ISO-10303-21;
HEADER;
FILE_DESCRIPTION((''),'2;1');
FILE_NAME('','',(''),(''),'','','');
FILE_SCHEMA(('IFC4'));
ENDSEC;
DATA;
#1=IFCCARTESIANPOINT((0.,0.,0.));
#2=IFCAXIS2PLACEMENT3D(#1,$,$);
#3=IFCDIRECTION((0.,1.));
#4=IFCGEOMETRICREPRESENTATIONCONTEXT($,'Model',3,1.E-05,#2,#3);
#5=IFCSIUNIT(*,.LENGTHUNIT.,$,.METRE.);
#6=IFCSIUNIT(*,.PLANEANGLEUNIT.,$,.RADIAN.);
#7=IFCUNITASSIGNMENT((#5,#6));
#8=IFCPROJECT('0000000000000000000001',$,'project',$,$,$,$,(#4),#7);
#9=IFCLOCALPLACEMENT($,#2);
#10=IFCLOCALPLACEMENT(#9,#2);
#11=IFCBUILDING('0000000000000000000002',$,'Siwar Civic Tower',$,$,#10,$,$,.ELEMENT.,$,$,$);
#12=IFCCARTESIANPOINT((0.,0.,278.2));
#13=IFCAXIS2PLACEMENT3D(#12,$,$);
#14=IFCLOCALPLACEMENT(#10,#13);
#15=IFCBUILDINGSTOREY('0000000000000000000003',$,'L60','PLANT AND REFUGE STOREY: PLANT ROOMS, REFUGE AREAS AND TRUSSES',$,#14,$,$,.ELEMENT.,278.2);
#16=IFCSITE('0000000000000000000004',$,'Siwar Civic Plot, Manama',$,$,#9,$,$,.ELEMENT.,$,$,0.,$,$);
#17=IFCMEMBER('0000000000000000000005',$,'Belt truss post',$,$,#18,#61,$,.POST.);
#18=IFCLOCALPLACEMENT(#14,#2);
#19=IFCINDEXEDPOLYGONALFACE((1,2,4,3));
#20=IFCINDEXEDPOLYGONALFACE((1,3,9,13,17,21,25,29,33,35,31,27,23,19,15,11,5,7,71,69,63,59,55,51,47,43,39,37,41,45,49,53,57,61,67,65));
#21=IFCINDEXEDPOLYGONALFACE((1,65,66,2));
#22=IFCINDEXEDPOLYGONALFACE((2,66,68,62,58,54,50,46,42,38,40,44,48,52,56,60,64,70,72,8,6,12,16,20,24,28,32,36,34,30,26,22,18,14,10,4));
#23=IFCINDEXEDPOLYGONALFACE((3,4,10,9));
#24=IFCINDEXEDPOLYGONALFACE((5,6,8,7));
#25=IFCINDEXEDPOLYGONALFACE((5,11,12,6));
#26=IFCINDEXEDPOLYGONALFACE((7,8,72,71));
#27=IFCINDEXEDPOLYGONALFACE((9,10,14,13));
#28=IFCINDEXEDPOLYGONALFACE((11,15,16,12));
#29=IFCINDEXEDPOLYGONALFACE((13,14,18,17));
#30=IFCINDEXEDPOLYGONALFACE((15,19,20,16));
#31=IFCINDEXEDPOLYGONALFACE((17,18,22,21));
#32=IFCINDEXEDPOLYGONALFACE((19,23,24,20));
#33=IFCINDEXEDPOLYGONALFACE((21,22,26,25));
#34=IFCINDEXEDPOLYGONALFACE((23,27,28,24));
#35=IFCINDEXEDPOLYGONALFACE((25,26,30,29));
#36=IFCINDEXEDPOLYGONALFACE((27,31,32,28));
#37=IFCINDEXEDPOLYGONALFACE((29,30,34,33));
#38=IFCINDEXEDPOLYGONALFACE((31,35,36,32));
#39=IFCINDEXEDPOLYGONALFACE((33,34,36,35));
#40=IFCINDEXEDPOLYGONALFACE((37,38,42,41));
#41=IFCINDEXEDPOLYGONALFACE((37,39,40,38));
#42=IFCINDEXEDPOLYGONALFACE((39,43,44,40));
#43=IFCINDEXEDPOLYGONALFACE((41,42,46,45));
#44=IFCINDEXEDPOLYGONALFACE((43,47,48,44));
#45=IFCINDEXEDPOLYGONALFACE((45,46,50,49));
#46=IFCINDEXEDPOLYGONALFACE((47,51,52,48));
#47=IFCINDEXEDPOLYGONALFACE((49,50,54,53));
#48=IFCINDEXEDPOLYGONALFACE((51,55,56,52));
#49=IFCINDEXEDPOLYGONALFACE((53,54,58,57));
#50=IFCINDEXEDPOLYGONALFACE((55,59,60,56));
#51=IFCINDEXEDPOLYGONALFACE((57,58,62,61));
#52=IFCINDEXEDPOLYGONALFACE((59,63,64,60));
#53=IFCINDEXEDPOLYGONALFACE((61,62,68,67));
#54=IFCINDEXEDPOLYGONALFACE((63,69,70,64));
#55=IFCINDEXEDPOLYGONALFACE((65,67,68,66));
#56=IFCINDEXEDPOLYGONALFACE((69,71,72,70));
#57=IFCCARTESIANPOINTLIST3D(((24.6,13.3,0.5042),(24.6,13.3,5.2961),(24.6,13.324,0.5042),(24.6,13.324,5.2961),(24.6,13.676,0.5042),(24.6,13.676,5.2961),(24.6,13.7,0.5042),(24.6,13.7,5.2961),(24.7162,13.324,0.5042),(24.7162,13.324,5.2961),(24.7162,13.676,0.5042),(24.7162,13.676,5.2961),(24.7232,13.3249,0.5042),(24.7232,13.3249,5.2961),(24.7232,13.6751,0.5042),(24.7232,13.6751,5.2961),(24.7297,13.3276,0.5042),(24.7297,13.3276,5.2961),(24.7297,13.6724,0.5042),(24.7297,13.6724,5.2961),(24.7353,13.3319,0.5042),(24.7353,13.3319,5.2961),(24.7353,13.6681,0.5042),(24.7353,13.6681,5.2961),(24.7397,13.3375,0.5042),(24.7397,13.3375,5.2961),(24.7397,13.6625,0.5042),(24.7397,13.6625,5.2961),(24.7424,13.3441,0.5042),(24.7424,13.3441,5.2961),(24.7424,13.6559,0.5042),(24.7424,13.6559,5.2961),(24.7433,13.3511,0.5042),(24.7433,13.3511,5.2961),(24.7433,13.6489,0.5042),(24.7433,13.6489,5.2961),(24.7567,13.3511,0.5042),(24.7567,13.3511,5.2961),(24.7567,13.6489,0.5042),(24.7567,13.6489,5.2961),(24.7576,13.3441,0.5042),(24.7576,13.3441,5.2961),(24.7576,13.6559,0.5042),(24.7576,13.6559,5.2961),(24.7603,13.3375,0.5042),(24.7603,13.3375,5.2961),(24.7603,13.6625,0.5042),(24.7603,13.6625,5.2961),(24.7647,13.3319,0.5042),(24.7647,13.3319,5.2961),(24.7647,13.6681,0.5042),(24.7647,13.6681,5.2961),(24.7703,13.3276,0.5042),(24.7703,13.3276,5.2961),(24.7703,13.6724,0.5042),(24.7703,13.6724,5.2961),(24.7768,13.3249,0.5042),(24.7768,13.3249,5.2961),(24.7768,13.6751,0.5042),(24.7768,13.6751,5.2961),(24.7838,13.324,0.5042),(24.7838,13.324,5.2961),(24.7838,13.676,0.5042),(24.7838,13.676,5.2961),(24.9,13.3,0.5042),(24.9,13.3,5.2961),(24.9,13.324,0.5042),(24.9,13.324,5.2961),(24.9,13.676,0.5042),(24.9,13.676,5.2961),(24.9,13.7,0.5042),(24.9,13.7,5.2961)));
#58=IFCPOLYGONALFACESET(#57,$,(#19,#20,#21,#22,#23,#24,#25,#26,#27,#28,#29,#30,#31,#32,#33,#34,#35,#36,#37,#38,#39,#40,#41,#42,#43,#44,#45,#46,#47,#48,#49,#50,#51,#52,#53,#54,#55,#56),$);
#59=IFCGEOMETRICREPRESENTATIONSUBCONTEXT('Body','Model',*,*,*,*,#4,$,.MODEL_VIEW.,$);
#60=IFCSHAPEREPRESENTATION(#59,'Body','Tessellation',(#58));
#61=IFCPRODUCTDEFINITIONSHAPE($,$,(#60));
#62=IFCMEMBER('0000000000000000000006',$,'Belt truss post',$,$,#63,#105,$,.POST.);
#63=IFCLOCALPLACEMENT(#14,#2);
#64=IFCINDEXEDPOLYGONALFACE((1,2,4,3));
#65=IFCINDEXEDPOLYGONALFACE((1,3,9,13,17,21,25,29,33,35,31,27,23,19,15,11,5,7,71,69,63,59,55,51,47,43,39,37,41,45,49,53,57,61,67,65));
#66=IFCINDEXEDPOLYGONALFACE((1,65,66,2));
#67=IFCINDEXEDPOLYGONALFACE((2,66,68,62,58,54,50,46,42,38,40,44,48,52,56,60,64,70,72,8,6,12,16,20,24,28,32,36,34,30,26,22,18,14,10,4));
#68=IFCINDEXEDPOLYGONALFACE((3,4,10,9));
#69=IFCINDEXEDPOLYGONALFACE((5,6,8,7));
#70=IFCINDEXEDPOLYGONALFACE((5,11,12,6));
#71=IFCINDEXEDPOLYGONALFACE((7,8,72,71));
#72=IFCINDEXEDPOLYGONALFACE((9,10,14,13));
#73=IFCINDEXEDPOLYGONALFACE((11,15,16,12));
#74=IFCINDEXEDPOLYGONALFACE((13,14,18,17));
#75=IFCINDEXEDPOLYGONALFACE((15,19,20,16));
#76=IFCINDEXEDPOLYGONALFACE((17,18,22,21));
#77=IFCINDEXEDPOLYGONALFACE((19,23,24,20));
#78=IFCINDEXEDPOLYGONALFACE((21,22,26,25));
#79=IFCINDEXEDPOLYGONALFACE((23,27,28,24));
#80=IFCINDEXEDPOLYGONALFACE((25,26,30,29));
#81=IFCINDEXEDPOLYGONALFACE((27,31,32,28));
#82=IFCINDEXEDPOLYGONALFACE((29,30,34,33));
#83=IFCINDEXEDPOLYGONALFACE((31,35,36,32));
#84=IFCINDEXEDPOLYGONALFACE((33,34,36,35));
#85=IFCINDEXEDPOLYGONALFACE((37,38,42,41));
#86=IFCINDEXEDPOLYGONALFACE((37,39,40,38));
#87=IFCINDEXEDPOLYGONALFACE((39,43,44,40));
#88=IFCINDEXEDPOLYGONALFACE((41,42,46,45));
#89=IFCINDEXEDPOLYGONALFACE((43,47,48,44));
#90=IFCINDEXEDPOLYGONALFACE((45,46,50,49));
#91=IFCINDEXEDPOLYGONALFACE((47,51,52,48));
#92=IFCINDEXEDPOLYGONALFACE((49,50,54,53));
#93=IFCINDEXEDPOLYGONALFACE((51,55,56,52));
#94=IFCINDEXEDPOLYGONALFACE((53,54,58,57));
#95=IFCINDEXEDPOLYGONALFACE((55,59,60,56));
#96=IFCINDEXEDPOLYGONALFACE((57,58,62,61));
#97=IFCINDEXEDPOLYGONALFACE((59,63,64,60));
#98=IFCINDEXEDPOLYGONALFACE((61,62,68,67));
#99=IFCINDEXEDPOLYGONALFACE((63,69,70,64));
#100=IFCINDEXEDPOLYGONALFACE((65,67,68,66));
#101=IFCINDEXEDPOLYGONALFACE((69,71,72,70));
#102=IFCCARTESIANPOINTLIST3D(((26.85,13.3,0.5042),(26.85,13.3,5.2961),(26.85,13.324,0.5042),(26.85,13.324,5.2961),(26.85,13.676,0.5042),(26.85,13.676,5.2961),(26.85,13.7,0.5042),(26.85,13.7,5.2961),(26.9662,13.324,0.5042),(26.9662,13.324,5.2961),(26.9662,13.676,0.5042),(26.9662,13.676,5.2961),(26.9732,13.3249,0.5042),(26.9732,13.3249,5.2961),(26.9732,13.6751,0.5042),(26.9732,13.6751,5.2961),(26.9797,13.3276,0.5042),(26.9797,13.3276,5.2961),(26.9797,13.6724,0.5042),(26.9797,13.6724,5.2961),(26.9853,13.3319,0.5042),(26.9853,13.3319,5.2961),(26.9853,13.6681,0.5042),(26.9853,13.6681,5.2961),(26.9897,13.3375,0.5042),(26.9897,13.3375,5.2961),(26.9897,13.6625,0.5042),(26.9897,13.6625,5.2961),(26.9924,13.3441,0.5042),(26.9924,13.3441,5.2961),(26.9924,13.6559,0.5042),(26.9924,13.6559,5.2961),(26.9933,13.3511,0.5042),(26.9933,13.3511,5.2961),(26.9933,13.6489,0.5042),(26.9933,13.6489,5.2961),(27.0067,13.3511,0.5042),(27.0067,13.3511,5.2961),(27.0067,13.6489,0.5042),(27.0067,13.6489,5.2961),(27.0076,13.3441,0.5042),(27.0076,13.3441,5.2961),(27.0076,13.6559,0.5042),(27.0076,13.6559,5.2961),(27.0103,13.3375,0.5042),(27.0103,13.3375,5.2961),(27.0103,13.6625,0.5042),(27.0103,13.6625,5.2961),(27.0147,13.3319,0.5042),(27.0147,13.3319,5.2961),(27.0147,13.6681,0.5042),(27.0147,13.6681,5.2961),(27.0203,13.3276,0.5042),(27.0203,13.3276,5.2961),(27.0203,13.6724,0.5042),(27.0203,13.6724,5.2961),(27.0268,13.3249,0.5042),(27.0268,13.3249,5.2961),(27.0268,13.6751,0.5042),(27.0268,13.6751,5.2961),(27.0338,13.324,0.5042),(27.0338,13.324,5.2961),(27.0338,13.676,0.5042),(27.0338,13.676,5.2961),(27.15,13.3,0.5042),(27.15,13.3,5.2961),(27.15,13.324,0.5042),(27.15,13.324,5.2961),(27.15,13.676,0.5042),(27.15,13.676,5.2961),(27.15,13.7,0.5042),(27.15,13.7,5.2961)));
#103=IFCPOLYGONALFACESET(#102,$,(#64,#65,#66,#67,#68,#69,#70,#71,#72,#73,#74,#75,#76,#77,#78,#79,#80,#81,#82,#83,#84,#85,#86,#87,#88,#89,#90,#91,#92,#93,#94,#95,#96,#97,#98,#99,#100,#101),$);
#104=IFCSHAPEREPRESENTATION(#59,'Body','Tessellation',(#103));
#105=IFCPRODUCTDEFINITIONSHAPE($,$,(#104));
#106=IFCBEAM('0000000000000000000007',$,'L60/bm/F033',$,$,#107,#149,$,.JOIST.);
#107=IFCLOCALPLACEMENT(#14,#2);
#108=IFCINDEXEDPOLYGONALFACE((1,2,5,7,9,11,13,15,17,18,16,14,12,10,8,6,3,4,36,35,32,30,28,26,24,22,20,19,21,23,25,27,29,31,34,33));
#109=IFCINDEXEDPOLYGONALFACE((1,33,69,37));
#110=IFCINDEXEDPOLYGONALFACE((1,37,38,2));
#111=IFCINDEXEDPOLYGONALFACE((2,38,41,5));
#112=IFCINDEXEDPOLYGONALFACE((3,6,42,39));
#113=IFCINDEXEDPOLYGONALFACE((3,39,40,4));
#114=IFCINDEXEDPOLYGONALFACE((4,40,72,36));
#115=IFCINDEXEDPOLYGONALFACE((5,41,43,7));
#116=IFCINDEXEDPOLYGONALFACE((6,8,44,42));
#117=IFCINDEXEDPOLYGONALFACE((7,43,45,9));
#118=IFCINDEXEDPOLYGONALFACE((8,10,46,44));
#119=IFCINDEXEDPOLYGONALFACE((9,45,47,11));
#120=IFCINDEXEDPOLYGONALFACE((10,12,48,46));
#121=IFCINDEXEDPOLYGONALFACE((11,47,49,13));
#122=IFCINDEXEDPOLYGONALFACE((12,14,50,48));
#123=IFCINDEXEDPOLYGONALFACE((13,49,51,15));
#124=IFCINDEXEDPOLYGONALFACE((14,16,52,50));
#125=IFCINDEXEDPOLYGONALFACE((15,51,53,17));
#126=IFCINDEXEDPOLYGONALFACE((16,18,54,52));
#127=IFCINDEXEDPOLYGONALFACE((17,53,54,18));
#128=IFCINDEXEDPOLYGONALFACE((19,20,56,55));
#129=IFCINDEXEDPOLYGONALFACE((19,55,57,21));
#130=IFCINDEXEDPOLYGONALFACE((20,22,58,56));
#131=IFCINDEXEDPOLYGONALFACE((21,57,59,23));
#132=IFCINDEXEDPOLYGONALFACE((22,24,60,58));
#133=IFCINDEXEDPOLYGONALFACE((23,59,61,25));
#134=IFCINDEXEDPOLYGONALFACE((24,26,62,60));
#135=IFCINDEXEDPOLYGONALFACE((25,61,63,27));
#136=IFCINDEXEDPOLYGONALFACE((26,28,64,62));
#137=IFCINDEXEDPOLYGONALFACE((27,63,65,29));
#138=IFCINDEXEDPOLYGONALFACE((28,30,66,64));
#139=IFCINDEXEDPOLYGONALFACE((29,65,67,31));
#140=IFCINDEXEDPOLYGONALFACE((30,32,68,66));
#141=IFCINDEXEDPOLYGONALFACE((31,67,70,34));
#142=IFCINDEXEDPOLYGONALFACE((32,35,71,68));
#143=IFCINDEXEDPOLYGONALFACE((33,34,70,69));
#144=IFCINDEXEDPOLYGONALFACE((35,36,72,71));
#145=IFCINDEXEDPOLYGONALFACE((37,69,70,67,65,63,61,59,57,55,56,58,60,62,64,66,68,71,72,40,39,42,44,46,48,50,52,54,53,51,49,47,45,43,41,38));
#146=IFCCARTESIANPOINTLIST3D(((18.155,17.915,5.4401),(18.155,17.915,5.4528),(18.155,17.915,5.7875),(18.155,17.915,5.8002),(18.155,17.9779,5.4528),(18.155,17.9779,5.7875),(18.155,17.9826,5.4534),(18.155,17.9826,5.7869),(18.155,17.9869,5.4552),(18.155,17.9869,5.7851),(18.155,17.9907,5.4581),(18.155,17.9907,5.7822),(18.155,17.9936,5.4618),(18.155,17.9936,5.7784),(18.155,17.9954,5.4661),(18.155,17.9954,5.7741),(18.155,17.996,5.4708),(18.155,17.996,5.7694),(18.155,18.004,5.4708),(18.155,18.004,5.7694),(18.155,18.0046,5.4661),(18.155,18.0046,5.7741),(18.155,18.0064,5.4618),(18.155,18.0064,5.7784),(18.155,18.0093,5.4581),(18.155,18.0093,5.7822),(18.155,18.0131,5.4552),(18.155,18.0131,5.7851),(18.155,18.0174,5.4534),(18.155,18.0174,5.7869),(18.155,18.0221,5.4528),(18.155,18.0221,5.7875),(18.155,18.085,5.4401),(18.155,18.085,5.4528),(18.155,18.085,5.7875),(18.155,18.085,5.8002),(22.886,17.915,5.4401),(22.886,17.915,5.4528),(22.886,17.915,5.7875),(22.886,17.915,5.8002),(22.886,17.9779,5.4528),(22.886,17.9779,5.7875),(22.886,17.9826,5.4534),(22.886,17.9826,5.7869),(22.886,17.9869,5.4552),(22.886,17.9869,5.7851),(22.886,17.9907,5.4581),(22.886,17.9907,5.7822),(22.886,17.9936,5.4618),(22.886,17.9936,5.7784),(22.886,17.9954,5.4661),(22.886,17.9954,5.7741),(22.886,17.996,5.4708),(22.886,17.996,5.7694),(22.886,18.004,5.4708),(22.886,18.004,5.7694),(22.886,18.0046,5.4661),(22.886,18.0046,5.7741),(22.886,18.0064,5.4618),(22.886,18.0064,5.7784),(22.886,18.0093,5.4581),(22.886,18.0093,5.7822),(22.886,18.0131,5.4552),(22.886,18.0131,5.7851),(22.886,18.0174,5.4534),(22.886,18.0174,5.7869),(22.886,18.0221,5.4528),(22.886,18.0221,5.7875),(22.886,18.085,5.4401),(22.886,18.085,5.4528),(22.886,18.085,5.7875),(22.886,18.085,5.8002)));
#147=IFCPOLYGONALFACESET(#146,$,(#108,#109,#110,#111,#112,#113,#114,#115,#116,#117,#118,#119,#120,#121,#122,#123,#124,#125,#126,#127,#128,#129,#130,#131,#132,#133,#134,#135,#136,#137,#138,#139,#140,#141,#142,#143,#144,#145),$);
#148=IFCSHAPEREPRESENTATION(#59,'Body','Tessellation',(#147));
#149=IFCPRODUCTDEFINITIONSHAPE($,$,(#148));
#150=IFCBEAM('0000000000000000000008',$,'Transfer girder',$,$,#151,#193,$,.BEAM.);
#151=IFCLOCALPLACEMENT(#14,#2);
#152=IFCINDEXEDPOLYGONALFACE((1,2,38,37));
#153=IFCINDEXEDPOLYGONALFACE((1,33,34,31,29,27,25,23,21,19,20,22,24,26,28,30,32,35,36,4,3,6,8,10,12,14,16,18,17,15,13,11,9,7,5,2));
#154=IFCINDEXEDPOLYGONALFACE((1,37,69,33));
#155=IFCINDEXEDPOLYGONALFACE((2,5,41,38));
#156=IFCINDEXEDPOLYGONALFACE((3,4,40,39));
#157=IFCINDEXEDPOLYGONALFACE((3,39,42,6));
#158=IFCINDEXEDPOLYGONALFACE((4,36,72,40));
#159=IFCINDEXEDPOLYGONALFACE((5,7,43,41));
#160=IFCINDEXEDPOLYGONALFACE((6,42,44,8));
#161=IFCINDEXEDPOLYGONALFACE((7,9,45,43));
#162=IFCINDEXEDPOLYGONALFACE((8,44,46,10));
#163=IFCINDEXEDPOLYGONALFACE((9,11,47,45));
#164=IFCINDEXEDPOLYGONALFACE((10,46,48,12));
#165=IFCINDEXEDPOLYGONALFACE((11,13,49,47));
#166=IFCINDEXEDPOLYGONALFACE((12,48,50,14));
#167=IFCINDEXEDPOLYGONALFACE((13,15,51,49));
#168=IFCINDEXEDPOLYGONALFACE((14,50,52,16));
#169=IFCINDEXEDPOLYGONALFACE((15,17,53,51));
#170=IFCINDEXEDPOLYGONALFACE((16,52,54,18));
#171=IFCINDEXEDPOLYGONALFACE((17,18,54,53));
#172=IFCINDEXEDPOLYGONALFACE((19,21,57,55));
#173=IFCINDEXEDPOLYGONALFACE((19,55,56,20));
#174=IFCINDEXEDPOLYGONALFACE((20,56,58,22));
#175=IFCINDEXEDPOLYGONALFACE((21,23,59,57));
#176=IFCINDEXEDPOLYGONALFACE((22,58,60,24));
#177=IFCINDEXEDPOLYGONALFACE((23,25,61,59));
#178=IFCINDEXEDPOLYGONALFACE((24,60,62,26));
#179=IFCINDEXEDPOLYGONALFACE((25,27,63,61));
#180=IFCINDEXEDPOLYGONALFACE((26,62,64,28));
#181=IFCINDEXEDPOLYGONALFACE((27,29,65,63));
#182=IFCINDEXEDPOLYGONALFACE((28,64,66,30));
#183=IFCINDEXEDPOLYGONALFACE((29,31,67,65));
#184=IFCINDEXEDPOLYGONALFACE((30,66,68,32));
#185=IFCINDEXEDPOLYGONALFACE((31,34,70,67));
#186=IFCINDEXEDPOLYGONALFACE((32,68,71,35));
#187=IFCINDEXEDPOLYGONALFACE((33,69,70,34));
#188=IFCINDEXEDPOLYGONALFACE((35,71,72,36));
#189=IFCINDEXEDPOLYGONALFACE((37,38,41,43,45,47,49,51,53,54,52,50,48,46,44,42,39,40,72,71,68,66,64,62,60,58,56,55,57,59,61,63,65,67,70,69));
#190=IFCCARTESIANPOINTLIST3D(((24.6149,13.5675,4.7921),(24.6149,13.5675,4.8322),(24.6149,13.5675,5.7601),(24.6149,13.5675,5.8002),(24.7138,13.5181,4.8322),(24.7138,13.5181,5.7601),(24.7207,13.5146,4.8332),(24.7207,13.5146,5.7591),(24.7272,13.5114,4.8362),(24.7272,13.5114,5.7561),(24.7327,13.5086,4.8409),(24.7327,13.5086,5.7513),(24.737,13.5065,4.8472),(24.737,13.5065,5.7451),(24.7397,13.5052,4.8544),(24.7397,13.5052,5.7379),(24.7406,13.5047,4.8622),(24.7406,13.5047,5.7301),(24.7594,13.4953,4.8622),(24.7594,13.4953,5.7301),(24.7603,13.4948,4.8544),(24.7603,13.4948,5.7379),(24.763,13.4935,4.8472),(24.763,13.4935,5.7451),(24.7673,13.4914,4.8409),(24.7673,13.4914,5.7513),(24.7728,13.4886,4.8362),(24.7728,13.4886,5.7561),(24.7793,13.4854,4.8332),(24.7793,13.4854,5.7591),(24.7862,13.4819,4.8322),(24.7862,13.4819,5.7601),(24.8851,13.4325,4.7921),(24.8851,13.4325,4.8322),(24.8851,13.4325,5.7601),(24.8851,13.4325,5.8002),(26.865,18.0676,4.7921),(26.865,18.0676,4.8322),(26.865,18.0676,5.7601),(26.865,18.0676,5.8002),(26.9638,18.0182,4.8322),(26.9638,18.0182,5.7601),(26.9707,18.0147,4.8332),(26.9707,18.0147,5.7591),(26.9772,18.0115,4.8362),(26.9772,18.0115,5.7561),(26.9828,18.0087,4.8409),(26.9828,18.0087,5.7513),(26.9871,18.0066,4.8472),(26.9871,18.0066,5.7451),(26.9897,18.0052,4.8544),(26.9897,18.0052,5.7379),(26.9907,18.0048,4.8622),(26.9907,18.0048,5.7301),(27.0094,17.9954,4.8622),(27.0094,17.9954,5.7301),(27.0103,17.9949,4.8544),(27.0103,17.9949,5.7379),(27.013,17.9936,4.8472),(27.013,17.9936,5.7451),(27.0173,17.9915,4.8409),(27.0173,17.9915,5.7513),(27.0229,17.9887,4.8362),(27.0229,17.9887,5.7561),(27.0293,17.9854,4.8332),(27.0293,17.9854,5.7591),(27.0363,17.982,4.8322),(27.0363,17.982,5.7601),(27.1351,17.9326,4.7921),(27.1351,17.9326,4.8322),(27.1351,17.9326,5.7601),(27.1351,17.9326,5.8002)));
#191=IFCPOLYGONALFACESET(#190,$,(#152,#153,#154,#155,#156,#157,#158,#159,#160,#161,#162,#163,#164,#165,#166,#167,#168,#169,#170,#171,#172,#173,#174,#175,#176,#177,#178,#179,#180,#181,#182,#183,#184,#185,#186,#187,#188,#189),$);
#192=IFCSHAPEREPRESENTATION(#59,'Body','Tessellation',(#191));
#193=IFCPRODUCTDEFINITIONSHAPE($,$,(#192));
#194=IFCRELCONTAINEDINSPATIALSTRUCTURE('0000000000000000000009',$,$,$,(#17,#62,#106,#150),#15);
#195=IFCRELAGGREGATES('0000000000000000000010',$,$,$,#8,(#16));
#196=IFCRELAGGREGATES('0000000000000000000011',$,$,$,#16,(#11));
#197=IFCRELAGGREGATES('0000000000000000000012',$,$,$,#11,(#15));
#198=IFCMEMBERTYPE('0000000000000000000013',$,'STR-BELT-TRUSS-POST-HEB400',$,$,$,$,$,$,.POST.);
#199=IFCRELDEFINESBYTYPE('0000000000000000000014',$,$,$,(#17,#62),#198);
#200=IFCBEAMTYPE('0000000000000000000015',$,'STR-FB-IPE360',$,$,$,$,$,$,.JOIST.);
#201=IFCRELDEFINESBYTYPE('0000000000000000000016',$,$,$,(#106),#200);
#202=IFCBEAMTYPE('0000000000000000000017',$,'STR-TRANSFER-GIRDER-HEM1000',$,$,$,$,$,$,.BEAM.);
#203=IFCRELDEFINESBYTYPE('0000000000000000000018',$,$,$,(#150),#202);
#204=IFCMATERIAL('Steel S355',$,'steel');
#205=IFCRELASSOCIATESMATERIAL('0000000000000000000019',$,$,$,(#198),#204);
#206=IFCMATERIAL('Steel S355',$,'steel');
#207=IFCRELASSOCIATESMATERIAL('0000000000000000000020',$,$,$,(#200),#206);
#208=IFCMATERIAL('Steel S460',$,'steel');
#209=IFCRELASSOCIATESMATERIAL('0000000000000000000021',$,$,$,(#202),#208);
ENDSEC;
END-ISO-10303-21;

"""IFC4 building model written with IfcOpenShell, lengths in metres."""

from ifc_helpers import new_model, si_unit, direction, frame, origin, origin_2d, place, context, subcontext, project, spatial, i_section, extrude, material, material_profile, profile_set, type_object, element, save


model = new_model("IFC4")

# Units and contexts
model_context = context("Model", 3, precision=1e-05, world=origin(), true_north=direction((0.0, 1.0)))
body_context = subcontext(model_context, "Body", "Model", "MODEL_VIEW")
ifc_project = project(units=[si_unit("LENGTHUNIT", "METRE"), si_unit("PLANEANGLEUNIT", "RADIAN")], contexts=[model_context])

# Site, building, storey
site_placement = place(None, origin())
site = spatial("IfcSite", under=ifc_project, at=site_placement, Name="Siwar Civic Plot, Manama", CompositionType="ELEMENT", RefElevation=0.0)
building_placement = place(site_placement, origin())
building = spatial("IfcBuilding", under=site, at=building_placement, Name="Siwar Civic Tower", CompositionType="ELEMENT")
storey_placement = place(building_placement, frame((0.0, 0.0, 278.2)))
storey = spatial("IfcBuildingStorey", under=building, at=storey_placement, Name="L60", Description="PLANT AND REFUGE STOREY: PLANT ROOMS, REFUGE AREAS AND TRUSSES", CompositionType="ELEMENT", Elevation=278.2)

# Members
ifc_material_1 = material(Name="Steel S355", Category="steel")
ifc_material_profile_1 = material_profile(ifc_material_1, i_section(OverallWidth=0.3, OverallDepth=0.3999, WebThickness=0.0134, FlangeThickness=0.0239, FilletRadius=0.0271, at=origin_2d()), Name="HEB400")
ifc_profile_set_1 = profile_set([ifc_material_profile_1], Name="Steel S355")
member_type_1 = type_object("IfcMemberType", Name="STR-BELT-TRUSS-POST-HEB400", PredefinedType="POST", material=ifc_profile_set_1)
for number, where, z_axis, x_axis, name in (
    (1, (24.75, 13.5, 0.5042), (0.0, 0.0, 1.0), (1.0, 0.0, 0.0), "Belt truss post"),
    (2, (27.0, 13.5, 0.5042), (0.0, 0.0, 1.0), (1.0, 0.0, 0.0), "Belt truss post"),
):
    element("IfcMember", number, at=place(storey_placement, frame(where, z_axis=z_axis, x_axis=x_axis)), inside=storey, type_object=member_type_1, Name=name, PredefinedType="POST", context=body_context, shape_type="SweptSolid", body=[
        extrude(i_section(OverallWidth=0.3, OverallDepth=0.3999, WebThickness=0.0134, FlangeThickness=0.0239, FilletRadius=0.0271, at=origin_2d()), origin(), (0.0, 0.0, 1.0), 4.792),
    ])

# Beams
ifc_material_2 = material(Name="Steel S355", Category="steel")
ifc_material_profile_2 = material_profile(ifc_material_2, i_section(OverallWidth=0.1699, OverallDepth=0.3601, WebThickness=0.0081, FlangeThickness=0.0127, FilletRadius=0.0181, at=origin_2d()), Name="IPE360")
ifc_profile_set_2 = profile_set([ifc_material_profile_2], Name="Steel S355")
beam_type_1 = type_object("IfcBeamType", Name="STR-FB-IPE360", PredefinedType="JOIST", material=ifc_profile_set_2)
beam_1_placement = place(storey_placement, frame((18.155, 18.0, 5.6201), z_axis=(1.0, 0.0, 0.0), x_axis=(0.0, 1.0, 0.0)))
element("IfcBeam", 3, at=beam_1_placement, inside=storey, type_object=beam_type_1, Name="L60/bm/F033", PredefinedType="JOIST", context=body_context, shape_type="SweptSolid", body=[
    extrude(i_section(OverallWidth=0.1699, OverallDepth=0.3601, WebThickness=0.0081, FlangeThickness=0.0127, FilletRadius=0.0181, at=origin_2d()), origin(), (0.0, 0.0, 1.0), 4.731),
])
ifc_material_3 = material(Name="Steel S460", Category="steel")
ifc_material_profile_3 = material_profile(ifc_material_3, i_section(OverallWidth=0.302, OverallDepth=1.0081, WebThickness=0.021, FlangeThickness=0.04, FilletRadius=0.03, at=origin_2d()), Name="HEM1000")
ifc_profile_set_3 = profile_set([ifc_material_profile_3], Name="Steel S460")
beam_type_2 = type_object("IfcBeamType", Name="STR-TRANSFER-GIRDER-HEM1000", PredefinedType="BEAM", material=ifc_profile_set_3)
beam_2_placement = place(storey_placement, frame((24.75, 13.5, 5.2961), z_axis=(0.447214, 0.894427, 0.0), x_axis=(-0.894427, 0.447214, 0.0)))
element("IfcBeam", 4, at=beam_2_placement, inside=storey, type_object=beam_type_2, Name="Transfer girder", PredefinedType="BEAM", context=body_context, shape_type="SweptSolid", body=[
    extrude(i_section(OverallWidth=0.302, OverallDepth=1.0081, WebThickness=0.021, FlangeThickness=0.04, FilletRadius=0.03, at=origin_2d()), origin(), (0.0, 0.0, 1.0), 5.0312),
])

save(model, "model.ifc")
